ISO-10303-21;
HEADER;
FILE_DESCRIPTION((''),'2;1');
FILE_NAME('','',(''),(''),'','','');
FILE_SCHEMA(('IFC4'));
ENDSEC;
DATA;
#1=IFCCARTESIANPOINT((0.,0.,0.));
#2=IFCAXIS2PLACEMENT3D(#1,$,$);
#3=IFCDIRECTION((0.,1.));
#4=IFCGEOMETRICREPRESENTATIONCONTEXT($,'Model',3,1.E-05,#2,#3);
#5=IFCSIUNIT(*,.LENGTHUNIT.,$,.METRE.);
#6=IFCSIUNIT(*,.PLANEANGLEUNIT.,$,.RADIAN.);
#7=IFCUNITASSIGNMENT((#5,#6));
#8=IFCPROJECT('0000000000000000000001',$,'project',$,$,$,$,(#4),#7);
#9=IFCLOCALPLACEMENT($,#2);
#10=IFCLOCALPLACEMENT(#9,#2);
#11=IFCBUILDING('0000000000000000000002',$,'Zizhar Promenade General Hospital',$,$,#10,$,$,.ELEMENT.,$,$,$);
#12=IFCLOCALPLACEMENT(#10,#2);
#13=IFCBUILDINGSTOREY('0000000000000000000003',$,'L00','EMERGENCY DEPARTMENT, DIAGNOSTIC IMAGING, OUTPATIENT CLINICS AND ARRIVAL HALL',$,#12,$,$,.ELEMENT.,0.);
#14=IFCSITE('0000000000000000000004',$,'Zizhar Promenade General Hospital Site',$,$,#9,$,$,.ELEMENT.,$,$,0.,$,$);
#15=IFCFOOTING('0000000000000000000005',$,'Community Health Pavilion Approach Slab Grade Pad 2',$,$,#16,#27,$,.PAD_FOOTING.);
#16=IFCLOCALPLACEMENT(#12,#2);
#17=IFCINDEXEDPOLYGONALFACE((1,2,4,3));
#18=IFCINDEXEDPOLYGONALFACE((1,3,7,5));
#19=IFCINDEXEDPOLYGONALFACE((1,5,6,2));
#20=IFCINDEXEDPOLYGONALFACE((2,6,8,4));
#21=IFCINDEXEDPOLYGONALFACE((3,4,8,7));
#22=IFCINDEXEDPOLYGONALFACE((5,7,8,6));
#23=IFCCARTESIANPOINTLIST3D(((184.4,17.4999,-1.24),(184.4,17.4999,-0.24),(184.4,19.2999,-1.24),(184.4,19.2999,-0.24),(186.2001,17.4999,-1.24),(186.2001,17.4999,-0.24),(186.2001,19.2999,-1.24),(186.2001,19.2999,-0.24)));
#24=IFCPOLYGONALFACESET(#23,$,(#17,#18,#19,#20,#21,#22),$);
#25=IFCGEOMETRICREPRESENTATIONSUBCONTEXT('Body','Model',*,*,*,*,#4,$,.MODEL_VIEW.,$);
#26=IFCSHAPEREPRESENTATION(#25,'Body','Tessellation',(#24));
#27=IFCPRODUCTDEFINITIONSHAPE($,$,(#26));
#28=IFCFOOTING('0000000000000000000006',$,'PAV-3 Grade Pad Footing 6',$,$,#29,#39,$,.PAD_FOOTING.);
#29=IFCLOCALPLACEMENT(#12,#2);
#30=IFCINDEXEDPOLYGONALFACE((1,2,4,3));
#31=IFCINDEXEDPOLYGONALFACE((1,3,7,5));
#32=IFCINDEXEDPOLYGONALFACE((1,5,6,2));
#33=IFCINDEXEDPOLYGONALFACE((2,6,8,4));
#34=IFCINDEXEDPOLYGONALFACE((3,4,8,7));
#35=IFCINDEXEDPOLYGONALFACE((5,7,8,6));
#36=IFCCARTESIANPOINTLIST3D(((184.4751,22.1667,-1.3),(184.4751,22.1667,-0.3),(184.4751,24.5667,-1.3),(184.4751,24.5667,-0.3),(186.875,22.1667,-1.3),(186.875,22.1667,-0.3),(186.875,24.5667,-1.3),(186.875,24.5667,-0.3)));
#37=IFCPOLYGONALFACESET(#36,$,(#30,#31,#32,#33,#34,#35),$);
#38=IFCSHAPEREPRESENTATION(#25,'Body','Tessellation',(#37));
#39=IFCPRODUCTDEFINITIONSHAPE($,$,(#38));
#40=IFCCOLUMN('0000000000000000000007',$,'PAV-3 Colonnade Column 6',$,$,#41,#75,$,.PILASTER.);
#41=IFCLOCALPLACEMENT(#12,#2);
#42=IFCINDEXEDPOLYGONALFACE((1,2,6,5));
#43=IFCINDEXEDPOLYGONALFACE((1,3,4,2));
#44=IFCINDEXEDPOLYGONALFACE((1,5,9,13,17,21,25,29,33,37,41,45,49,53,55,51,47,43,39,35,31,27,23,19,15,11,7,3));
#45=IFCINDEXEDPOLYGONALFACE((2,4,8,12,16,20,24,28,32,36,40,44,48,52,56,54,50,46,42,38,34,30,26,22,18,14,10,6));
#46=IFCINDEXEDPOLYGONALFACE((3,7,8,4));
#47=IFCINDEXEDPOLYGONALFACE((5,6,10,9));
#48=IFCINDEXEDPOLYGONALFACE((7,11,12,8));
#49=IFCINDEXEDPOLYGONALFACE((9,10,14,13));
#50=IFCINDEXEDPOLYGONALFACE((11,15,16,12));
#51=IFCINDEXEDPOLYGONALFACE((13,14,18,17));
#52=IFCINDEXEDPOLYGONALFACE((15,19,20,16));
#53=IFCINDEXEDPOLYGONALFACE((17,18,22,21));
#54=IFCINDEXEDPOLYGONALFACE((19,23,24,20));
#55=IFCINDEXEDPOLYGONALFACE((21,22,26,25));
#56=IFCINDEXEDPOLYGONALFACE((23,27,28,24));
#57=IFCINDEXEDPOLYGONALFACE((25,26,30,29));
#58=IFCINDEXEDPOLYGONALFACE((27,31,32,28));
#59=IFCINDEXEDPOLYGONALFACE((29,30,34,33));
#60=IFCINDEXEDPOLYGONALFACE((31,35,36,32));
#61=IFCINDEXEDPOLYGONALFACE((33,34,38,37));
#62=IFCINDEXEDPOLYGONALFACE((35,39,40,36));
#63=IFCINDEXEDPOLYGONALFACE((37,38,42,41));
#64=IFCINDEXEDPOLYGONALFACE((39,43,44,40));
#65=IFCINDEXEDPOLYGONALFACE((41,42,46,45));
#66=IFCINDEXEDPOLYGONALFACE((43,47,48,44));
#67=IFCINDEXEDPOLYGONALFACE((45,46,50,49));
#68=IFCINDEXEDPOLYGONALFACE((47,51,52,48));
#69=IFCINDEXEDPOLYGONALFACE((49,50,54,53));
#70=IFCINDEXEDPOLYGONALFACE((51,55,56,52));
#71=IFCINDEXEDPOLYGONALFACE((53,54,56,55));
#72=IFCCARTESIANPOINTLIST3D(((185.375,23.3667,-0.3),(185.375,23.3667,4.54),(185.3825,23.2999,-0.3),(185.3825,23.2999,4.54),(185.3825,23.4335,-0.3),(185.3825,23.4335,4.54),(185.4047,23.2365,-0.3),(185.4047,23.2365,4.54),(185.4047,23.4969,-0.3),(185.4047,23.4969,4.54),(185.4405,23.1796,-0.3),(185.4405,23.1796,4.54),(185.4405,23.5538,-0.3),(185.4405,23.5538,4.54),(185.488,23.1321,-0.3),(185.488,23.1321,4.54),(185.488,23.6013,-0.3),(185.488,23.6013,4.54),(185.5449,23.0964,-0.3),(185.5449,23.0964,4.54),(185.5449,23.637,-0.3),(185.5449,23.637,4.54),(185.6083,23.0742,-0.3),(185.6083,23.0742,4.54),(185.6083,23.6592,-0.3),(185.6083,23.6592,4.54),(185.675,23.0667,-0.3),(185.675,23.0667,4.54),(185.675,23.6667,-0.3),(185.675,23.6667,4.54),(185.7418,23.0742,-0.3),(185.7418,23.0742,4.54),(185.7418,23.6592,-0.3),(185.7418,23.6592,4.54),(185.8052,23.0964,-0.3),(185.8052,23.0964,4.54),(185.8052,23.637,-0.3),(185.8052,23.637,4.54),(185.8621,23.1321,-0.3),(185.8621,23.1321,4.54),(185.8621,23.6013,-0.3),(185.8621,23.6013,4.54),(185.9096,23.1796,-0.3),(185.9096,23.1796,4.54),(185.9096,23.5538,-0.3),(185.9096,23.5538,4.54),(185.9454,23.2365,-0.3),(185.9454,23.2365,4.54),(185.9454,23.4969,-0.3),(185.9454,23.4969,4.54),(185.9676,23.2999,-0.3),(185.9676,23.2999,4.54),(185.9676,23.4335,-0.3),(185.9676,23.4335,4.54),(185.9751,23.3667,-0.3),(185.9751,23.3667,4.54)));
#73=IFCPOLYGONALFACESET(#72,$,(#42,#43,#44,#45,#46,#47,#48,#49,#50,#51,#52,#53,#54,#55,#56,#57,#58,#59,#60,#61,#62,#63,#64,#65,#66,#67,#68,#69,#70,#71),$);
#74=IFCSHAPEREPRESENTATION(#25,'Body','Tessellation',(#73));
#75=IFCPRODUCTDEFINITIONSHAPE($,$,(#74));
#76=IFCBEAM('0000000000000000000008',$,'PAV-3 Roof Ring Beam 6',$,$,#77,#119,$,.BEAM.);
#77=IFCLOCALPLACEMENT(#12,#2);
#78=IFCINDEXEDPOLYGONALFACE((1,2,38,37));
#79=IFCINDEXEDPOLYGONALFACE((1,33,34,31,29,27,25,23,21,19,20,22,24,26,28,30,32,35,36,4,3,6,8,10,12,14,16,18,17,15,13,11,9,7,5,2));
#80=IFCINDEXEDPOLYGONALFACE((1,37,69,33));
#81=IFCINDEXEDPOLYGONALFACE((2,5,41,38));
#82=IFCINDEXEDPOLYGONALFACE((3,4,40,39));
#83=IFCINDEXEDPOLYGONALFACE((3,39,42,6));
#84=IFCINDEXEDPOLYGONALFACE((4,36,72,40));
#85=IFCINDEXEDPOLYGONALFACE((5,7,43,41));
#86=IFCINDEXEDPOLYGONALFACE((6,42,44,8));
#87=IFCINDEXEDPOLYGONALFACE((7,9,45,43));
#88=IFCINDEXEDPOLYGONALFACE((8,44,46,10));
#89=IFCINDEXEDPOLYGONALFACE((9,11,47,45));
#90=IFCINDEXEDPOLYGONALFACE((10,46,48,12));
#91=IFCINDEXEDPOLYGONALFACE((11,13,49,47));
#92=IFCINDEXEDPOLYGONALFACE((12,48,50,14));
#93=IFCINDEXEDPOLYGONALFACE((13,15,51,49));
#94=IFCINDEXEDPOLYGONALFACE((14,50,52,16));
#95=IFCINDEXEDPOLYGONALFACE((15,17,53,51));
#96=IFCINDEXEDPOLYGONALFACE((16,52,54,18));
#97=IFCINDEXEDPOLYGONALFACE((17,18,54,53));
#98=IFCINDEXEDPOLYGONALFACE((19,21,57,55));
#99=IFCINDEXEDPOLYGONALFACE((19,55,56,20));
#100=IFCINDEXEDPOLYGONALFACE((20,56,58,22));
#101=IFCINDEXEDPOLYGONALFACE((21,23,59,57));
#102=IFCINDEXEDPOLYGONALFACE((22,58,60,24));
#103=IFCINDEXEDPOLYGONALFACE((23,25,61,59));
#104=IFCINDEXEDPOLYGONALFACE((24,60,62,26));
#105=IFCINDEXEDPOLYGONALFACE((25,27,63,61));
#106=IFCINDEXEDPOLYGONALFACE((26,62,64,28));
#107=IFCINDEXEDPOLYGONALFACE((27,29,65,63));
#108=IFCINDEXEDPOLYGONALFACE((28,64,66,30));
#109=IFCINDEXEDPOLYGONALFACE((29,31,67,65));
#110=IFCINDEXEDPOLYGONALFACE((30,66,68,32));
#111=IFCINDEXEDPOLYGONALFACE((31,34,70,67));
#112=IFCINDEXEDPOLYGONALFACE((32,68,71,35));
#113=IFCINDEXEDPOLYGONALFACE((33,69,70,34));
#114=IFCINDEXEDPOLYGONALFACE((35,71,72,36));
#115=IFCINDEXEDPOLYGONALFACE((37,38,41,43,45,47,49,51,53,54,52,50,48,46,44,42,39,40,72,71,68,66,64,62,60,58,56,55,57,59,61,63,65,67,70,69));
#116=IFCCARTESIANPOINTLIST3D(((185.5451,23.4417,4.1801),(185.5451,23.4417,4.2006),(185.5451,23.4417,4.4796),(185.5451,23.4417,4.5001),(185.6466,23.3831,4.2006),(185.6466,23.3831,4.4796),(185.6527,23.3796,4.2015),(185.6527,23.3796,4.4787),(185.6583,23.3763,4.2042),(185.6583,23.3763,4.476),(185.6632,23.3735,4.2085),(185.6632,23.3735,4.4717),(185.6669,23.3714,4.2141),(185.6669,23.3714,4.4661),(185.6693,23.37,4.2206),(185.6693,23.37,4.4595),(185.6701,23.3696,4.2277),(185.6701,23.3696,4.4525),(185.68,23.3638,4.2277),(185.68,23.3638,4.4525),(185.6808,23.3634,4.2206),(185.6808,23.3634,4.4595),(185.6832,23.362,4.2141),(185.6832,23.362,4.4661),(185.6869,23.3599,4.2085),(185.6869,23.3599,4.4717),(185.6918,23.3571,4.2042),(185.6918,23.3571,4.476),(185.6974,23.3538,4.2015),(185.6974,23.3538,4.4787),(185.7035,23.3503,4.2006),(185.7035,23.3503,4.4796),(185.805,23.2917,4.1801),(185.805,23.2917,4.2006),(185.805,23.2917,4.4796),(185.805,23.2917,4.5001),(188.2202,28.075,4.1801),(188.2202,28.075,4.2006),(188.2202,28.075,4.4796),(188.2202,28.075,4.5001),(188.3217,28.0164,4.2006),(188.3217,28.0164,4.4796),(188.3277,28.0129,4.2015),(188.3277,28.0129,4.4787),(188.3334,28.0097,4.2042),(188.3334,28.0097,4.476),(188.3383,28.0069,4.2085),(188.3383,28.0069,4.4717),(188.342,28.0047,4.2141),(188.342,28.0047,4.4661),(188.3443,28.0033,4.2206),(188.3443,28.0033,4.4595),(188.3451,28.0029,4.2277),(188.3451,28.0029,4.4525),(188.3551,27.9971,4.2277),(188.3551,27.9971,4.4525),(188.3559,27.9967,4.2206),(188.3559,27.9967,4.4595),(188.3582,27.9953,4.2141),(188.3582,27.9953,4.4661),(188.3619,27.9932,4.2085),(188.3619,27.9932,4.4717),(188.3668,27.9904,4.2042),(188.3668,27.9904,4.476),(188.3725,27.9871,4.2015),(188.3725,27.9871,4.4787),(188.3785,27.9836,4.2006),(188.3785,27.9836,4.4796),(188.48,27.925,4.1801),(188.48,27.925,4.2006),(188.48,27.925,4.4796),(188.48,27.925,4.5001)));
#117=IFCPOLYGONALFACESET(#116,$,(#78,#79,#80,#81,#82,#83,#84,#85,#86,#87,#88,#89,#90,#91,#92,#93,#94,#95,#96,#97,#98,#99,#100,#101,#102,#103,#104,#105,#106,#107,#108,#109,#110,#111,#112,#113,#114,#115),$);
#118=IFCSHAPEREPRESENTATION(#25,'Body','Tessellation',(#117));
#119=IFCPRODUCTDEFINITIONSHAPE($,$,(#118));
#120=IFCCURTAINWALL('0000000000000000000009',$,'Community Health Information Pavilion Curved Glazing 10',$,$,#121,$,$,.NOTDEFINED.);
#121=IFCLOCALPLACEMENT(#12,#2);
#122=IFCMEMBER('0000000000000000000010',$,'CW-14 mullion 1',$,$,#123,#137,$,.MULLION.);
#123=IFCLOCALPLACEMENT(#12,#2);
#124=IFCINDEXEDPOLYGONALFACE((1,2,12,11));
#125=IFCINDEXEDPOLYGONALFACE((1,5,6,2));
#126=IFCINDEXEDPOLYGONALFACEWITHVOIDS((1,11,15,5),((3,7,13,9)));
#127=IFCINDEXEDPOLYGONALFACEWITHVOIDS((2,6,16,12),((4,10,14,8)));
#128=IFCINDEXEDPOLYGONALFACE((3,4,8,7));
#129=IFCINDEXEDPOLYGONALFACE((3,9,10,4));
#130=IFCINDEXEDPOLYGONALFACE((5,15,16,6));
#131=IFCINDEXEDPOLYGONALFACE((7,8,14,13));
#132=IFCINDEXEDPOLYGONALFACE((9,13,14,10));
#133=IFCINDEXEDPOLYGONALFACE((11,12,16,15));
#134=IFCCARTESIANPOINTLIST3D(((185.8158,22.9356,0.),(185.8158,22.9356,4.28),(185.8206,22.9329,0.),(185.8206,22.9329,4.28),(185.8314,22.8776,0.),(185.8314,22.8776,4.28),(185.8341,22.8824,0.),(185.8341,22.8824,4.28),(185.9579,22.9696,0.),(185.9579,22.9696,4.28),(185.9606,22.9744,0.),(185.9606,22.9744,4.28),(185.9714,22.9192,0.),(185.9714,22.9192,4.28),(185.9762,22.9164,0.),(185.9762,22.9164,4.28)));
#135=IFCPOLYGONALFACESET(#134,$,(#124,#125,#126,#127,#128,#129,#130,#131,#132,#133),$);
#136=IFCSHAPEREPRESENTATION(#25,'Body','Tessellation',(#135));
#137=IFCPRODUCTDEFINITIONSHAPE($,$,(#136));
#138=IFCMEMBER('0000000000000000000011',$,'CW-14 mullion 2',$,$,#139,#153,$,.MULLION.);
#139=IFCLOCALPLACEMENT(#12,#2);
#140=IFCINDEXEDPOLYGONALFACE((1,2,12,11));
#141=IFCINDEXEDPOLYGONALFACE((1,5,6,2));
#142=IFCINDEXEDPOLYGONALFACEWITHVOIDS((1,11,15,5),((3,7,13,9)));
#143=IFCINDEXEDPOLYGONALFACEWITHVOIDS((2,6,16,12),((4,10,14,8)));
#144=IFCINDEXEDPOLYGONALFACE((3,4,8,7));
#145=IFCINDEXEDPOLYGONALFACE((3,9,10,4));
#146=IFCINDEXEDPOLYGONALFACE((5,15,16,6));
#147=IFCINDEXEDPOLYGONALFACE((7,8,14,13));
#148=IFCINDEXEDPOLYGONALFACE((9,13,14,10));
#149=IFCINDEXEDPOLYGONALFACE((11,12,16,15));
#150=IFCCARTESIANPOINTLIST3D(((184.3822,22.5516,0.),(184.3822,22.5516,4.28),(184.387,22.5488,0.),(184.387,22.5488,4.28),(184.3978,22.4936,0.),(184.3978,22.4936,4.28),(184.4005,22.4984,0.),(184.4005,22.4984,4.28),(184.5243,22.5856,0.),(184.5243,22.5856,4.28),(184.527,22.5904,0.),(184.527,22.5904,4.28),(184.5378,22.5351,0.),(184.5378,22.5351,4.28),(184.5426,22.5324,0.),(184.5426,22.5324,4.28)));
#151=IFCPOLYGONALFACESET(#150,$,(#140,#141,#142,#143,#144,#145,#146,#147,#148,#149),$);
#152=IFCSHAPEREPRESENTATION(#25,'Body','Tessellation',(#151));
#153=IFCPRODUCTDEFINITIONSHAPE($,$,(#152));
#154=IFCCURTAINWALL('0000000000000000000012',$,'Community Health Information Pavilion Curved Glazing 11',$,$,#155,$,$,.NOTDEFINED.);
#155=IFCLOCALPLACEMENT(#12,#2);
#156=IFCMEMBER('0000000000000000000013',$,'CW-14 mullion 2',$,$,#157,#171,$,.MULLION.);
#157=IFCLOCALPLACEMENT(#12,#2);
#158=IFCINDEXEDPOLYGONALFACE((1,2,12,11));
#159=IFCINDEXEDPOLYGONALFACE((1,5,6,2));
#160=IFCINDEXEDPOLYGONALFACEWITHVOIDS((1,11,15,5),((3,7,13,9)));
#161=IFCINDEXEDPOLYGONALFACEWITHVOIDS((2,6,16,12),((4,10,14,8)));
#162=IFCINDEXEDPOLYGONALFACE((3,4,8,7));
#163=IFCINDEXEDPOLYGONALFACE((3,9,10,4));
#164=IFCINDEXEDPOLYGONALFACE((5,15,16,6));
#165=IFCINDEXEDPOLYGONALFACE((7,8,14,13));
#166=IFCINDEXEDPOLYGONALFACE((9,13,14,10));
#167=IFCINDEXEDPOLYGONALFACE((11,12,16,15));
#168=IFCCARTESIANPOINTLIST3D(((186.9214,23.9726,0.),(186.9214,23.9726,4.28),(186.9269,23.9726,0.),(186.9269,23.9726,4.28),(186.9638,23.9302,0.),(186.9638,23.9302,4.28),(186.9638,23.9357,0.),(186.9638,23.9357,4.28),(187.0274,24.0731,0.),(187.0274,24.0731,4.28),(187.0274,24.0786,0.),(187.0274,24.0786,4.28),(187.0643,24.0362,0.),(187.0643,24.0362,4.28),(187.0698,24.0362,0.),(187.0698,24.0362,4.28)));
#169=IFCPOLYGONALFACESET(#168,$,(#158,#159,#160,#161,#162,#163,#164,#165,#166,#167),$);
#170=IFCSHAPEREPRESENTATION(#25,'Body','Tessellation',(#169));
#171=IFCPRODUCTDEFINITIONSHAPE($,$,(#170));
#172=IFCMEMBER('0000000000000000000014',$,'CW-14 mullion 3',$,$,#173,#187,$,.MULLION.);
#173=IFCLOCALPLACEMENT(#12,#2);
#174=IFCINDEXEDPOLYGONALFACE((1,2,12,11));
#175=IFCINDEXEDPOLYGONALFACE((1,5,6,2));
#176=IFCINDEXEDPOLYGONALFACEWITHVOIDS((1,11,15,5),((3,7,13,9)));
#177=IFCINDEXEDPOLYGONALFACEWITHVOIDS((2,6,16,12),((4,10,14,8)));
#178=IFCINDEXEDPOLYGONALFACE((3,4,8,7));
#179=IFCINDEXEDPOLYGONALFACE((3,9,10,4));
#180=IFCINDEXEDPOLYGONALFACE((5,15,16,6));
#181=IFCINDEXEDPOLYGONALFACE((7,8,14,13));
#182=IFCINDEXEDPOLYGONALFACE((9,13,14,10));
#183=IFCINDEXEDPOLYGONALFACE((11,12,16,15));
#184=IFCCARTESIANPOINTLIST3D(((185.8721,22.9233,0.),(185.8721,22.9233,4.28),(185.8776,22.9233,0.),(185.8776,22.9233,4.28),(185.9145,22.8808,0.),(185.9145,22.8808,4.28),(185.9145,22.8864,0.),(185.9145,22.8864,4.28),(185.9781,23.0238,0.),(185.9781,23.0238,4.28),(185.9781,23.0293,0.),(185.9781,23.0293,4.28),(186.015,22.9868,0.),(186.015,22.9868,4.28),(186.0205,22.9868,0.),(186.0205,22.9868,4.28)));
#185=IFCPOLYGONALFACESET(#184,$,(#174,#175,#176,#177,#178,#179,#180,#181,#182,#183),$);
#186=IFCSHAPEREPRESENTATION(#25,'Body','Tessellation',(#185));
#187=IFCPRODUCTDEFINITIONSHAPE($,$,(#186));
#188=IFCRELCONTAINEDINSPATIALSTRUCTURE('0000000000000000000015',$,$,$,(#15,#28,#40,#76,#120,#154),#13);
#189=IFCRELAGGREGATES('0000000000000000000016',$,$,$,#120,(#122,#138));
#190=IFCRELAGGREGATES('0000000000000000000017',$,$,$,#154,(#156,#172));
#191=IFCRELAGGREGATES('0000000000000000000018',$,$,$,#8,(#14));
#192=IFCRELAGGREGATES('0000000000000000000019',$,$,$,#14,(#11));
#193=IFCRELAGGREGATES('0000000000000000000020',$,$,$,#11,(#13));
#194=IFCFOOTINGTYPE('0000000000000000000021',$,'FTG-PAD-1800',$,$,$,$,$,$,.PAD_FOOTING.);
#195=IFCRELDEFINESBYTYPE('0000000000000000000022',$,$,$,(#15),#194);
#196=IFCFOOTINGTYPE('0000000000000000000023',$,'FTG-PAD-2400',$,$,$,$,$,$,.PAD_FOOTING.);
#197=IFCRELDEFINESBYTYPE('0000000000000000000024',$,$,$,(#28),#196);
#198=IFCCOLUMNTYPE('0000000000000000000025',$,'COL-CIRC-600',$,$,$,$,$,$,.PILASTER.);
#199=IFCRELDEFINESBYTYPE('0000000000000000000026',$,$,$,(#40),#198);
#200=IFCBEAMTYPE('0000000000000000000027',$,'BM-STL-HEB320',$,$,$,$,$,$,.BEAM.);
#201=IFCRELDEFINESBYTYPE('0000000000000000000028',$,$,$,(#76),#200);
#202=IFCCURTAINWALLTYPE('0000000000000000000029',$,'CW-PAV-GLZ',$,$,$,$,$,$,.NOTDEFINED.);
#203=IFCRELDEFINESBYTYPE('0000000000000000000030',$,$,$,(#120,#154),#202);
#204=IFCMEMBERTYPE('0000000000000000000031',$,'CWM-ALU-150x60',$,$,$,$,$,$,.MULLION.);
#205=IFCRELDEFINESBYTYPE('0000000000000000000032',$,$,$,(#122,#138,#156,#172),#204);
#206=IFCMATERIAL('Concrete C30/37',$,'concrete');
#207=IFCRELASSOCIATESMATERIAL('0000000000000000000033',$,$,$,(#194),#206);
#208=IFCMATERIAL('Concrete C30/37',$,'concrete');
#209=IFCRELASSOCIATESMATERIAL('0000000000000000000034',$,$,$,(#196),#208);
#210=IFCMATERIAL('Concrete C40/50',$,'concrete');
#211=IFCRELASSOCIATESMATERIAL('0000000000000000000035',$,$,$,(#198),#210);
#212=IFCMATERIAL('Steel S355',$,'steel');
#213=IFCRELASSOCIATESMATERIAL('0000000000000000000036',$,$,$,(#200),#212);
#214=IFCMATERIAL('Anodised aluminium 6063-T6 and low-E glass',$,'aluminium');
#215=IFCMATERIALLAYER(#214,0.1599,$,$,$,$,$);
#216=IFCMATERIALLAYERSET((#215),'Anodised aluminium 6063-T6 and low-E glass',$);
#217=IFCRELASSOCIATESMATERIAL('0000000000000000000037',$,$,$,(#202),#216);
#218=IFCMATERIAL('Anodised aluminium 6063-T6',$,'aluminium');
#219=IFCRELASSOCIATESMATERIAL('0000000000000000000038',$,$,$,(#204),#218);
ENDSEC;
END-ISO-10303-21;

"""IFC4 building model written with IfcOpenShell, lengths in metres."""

from ifc_helpers import new_model, si_unit, direction, frame, origin, origin_2d, place, context, subcontext, project, spatial, rectangle, hollow_rectangle, circle, i_section, extrude, material, layer, layer_set, material_profile, profile_set, type_object, element, aggregate, save


model = new_model("IFC4")

# Units and contexts
model_context = context("Model", 3, precision=1e-05, world=origin(), true_north=direction((0.0, 1.0)))
body_context = subcontext(model_context, "Body", "Model", "MODEL_VIEW")
ifc_project = project(units=[si_unit("LENGTHUNIT", "METRE"), si_unit("PLANEANGLEUNIT", "RADIAN")], contexts=[model_context])

# Site, building, storey
site_placement = place(None, origin())
site = spatial("IfcSite", under=ifc_project, at=site_placement, Name="Zizhar Promenade General Hospital Site", CompositionType="ELEMENT", RefElevation=0.0)
building_placement = place(site_placement, origin())
building = spatial("IfcBuilding", under=site, at=building_placement, Name="Zizhar Promenade General Hospital", CompositionType="ELEMENT")
storey_placement = place(building_placement, origin())
storey = spatial("IfcBuildingStorey", under=building, at=storey_placement, Name="L00", Description="EMERGENCY DEPARTMENT, DIAGNOSTIC IMAGING, OUTPATIENT CLINICS AND ARRIVAL HALL", CompositionType="ELEMENT", Elevation=0.0)

# Footings
ifc_material_1 = material(Name="Concrete C30/37", Category="concrete")
footing_type_1 = type_object("IfcFootingType", Name="FTG-PAD-1800", PredefinedType="PAD_FOOTING", material=ifc_material_1)
footing_1_placement = place(storey_placement, frame((185.3, 18.3999, -1.24), z_axis=(0.0, 0.0, 1.0), x_axis=(1.0, 0.0, 0.0)))
element("IfcFooting", 1, at=footing_1_placement, inside=storey, type_object=footing_type_1, Name="Community Health Pavilion Approach Slab Grade Pad 2", PredefinedType="PAD_FOOTING", context=body_context, shape_type="SweptSolid", body=[
    extrude(rectangle(XDim=1.8, YDim=1.8, at=origin_2d()), origin(), (0.0, 0.0, 1.0), 1.0),
])
ifc_material_2 = material(Name="Concrete C30/37", Category="concrete")
footing_type_2 = type_object("IfcFootingType", Name="FTG-PAD-2400", PredefinedType="PAD_FOOTING", material=ifc_material_2)
footing_2_placement = place(storey_placement, frame((185.675, 23.3667, -1.3), z_axis=(0.0, 0.0, 1.0), x_axis=(1.0, 0.0, 0.0)))
element("IfcFooting", 2, at=footing_2_placement, inside=storey, type_object=footing_type_2, Name="PAV-3 Grade Pad Footing 6", PredefinedType="PAD_FOOTING", context=body_context, shape_type="SweptSolid", body=[
    extrude(rectangle(XDim=2.3999, YDim=2.3999, at=origin_2d()), origin(), (0.0, 0.0, 1.0), 1.0),
])

# Column
ifc_material_3 = material(Name="Concrete C40/50", Category="concrete")
ifc_material_profile_1 = material_profile(ifc_material_3, circle(Radius=0.3, at=origin_2d()))
ifc_profile_set_1 = profile_set([ifc_material_profile_1], Name="Concrete C40/50")
column_type = type_object("IfcColumnType", Name="COL-CIRC-600", PredefinedType="PILASTER", material=ifc_profile_set_1)
column_placement = place(storey_placement, frame((185.675, 23.3667, -0.3), z_axis=(0.0, 0.0, 1.0), x_axis=(1.0, 0.0, 0.0)))
element("IfcColumn", 3, at=column_placement, inside=storey, type_object=column_type, Name="PAV-3 Colonnade Column 6", PredefinedType="PILASTER", context=body_context, shape_type="SweptSolid", body=[
    extrude(circle(Radius=0.3, at=origin_2d()), origin(), (0.0, 0.0, 1.0), 4.8401),
])

# Beam
ifc_material_4 = material(Name="Steel S355", Category="steel")
ifc_material_profile_2 = material_profile(ifc_material_4, i_section(OverallWidth=0.3, OverallDepth=0.3201, WebThickness=0.0115, FlangeThickness=0.0205, FilletRadius=0.0271, at=origin_2d()))
ifc_profile_set_2 = profile_set([ifc_material_profile_2], Name="Steel S355")
beam_type = type_object("IfcBeamType", Name="BM-STL-HEB320", PredefinedType="BEAM", material=ifc_profile_set_2)
beam_placement = place(storey_placement, frame((185.675, 23.3667, 4.3401), z_axis=(0.500002, 0.866024, 0.0), x_axis=(-0.866024, 0.500002, 0.0)))
element("IfcBeam", 4, at=beam_placement, inside=storey, type_object=beam_type, Name="PAV-3 Roof Ring Beam 6", PredefinedType="BEAM", context=body_context, shape_type="SweptSolid", body=[
    extrude(i_section(OverallWidth=0.3, OverallDepth=0.3201, WebThickness=0.0115, FlangeThickness=0.0205, FilletRadius=0.0271, at=origin_2d()), origin(), (0.0, 0.0, 1.0), 5.3501),
])

# Curtain walls, members
ifc_material_5 = material(Name="Anodised aluminium 6063-T6 and low-E glass", Category="aluminium")
ifc_layer_1 = layer(ifc_material_5, 0.1599)
ifc_layer_set_1 = layer_set([ifc_layer_1], Name="Anodised aluminium 6063-T6 and low-E glass")
curtain_wall_type = type_object("IfcCurtainWallType", Name="CW-PAV-GLZ", PredefinedType="NOTDEFINED", material=ifc_layer_set_1)
curtain_wall_1_placement = place(storey_placement, origin())
curtain_wall_1 = element("IfcCurtainWall", 5, at=curtain_wall_1_placement, inside=storey, type_object=curtain_wall_type, Name="Community Health Information Pavilion Curved Glazing 10", PredefinedType="NOTDEFINED")
ifc_material_6 = material(Name="Anodised aluminium 6063-T6", Category="aluminium")
ifc_material_profile_3 = material_profile(ifc_material_6, hollow_rectangle(XDim=0.0601, YDim=0.1499, WallThickness=0.0039, at=origin_2d()))
ifc_profile_set_3 = profile_set([ifc_material_profile_3], Name="Anodised aluminium 6063-T6")
member_type_1 = type_object("IfcMemberType", Name="CWM-ALU-150x60", PredefinedType="MULLION", material=ifc_profile_set_3)
member_1_placement = place(storey_placement, frame((185.896, 22.926, 0.0), z_axis=(0.0, 0.0, 1.0), x_axis=(0.258834, -0.965922, 0.0)))
member_1 = element("IfcMember", 6, at=member_1_placement, type_object=member_type_1, Name="CW-14 mullion 1", PredefinedType="MULLION", context=body_context, shape_type="SweptSolid", body=[
    extrude(hollow_rectangle(XDim=0.0601, YDim=0.1499, WallThickness=0.0039, at=origin_2d()), origin(), (0.0, 0.0, 1.0), 4.28),
])
member_2_placement = place(storey_placement, frame((184.4624, 22.542, 0.0), z_axis=(0.0, 0.0, 1.0), x_axis=(0.258834, -0.965922, 0.0)))
member_2 = element("IfcMember", 7, at=member_2_placement, type_object=member_type_1, Name="CW-14 mullion 2", PredefinedType="MULLION", context=body_context, shape_type="SweptSolid", body=[
    extrude(hollow_rectangle(XDim=0.0601, YDim=0.1499, WallThickness=0.0039, at=origin_2d()), origin(), (0.0, 0.0, 1.0), 4.28),
])
curtain_wall_2_placement = place(storey_placement, origin())
curtain_wall_2 = element("IfcCurtainWall", 8, at=curtain_wall_2_placement, inside=storey, type_object=curtain_wall_type, Name="Community Health Information Pavilion Curved Glazing 11", PredefinedType="NOTDEFINED")
member_3_placement = place(storey_placement, frame((186.9956, 24.0044, 0.0), z_axis=(0.0, 0.0, 1.0), x_axis=(0.707107, -0.707107, 0.0)))
member_3 = element("IfcMember", 9, at=member_3_placement, type_object=member_type_1, Name="CW-14 mullion 2", PredefinedType="MULLION", context=body_context, shape_type="SweptSolid", body=[
    extrude(hollow_rectangle(XDim=0.0601, YDim=0.1499, WallThickness=0.0039, at=origin_2d()), origin(), (0.0, 0.0, 1.0), 4.28),
])
member_4_placement = place(storey_placement, frame((185.9463, 22.9551, 0.0), z_axis=(0.0, 0.0, 1.0), x_axis=(0.707107, -0.707107, 0.0)))
member_4 = element("IfcMember", 10, at=member_4_placement, type_object=member_type_1, Name="CW-14 mullion 3", PredefinedType="MULLION", context=body_context, shape_type="SweptSolid", body=[
    extrude(hollow_rectangle(XDim=0.0601, YDim=0.1499, WallThickness=0.0039, at=origin_2d()), origin(), (0.0, 0.0, 1.0), 4.28),
])

aggregate(curtain_wall_1, [member_1, member_2])
aggregate(curtain_wall_2, [member_3, member_4])

save(model, "model.ifc")
